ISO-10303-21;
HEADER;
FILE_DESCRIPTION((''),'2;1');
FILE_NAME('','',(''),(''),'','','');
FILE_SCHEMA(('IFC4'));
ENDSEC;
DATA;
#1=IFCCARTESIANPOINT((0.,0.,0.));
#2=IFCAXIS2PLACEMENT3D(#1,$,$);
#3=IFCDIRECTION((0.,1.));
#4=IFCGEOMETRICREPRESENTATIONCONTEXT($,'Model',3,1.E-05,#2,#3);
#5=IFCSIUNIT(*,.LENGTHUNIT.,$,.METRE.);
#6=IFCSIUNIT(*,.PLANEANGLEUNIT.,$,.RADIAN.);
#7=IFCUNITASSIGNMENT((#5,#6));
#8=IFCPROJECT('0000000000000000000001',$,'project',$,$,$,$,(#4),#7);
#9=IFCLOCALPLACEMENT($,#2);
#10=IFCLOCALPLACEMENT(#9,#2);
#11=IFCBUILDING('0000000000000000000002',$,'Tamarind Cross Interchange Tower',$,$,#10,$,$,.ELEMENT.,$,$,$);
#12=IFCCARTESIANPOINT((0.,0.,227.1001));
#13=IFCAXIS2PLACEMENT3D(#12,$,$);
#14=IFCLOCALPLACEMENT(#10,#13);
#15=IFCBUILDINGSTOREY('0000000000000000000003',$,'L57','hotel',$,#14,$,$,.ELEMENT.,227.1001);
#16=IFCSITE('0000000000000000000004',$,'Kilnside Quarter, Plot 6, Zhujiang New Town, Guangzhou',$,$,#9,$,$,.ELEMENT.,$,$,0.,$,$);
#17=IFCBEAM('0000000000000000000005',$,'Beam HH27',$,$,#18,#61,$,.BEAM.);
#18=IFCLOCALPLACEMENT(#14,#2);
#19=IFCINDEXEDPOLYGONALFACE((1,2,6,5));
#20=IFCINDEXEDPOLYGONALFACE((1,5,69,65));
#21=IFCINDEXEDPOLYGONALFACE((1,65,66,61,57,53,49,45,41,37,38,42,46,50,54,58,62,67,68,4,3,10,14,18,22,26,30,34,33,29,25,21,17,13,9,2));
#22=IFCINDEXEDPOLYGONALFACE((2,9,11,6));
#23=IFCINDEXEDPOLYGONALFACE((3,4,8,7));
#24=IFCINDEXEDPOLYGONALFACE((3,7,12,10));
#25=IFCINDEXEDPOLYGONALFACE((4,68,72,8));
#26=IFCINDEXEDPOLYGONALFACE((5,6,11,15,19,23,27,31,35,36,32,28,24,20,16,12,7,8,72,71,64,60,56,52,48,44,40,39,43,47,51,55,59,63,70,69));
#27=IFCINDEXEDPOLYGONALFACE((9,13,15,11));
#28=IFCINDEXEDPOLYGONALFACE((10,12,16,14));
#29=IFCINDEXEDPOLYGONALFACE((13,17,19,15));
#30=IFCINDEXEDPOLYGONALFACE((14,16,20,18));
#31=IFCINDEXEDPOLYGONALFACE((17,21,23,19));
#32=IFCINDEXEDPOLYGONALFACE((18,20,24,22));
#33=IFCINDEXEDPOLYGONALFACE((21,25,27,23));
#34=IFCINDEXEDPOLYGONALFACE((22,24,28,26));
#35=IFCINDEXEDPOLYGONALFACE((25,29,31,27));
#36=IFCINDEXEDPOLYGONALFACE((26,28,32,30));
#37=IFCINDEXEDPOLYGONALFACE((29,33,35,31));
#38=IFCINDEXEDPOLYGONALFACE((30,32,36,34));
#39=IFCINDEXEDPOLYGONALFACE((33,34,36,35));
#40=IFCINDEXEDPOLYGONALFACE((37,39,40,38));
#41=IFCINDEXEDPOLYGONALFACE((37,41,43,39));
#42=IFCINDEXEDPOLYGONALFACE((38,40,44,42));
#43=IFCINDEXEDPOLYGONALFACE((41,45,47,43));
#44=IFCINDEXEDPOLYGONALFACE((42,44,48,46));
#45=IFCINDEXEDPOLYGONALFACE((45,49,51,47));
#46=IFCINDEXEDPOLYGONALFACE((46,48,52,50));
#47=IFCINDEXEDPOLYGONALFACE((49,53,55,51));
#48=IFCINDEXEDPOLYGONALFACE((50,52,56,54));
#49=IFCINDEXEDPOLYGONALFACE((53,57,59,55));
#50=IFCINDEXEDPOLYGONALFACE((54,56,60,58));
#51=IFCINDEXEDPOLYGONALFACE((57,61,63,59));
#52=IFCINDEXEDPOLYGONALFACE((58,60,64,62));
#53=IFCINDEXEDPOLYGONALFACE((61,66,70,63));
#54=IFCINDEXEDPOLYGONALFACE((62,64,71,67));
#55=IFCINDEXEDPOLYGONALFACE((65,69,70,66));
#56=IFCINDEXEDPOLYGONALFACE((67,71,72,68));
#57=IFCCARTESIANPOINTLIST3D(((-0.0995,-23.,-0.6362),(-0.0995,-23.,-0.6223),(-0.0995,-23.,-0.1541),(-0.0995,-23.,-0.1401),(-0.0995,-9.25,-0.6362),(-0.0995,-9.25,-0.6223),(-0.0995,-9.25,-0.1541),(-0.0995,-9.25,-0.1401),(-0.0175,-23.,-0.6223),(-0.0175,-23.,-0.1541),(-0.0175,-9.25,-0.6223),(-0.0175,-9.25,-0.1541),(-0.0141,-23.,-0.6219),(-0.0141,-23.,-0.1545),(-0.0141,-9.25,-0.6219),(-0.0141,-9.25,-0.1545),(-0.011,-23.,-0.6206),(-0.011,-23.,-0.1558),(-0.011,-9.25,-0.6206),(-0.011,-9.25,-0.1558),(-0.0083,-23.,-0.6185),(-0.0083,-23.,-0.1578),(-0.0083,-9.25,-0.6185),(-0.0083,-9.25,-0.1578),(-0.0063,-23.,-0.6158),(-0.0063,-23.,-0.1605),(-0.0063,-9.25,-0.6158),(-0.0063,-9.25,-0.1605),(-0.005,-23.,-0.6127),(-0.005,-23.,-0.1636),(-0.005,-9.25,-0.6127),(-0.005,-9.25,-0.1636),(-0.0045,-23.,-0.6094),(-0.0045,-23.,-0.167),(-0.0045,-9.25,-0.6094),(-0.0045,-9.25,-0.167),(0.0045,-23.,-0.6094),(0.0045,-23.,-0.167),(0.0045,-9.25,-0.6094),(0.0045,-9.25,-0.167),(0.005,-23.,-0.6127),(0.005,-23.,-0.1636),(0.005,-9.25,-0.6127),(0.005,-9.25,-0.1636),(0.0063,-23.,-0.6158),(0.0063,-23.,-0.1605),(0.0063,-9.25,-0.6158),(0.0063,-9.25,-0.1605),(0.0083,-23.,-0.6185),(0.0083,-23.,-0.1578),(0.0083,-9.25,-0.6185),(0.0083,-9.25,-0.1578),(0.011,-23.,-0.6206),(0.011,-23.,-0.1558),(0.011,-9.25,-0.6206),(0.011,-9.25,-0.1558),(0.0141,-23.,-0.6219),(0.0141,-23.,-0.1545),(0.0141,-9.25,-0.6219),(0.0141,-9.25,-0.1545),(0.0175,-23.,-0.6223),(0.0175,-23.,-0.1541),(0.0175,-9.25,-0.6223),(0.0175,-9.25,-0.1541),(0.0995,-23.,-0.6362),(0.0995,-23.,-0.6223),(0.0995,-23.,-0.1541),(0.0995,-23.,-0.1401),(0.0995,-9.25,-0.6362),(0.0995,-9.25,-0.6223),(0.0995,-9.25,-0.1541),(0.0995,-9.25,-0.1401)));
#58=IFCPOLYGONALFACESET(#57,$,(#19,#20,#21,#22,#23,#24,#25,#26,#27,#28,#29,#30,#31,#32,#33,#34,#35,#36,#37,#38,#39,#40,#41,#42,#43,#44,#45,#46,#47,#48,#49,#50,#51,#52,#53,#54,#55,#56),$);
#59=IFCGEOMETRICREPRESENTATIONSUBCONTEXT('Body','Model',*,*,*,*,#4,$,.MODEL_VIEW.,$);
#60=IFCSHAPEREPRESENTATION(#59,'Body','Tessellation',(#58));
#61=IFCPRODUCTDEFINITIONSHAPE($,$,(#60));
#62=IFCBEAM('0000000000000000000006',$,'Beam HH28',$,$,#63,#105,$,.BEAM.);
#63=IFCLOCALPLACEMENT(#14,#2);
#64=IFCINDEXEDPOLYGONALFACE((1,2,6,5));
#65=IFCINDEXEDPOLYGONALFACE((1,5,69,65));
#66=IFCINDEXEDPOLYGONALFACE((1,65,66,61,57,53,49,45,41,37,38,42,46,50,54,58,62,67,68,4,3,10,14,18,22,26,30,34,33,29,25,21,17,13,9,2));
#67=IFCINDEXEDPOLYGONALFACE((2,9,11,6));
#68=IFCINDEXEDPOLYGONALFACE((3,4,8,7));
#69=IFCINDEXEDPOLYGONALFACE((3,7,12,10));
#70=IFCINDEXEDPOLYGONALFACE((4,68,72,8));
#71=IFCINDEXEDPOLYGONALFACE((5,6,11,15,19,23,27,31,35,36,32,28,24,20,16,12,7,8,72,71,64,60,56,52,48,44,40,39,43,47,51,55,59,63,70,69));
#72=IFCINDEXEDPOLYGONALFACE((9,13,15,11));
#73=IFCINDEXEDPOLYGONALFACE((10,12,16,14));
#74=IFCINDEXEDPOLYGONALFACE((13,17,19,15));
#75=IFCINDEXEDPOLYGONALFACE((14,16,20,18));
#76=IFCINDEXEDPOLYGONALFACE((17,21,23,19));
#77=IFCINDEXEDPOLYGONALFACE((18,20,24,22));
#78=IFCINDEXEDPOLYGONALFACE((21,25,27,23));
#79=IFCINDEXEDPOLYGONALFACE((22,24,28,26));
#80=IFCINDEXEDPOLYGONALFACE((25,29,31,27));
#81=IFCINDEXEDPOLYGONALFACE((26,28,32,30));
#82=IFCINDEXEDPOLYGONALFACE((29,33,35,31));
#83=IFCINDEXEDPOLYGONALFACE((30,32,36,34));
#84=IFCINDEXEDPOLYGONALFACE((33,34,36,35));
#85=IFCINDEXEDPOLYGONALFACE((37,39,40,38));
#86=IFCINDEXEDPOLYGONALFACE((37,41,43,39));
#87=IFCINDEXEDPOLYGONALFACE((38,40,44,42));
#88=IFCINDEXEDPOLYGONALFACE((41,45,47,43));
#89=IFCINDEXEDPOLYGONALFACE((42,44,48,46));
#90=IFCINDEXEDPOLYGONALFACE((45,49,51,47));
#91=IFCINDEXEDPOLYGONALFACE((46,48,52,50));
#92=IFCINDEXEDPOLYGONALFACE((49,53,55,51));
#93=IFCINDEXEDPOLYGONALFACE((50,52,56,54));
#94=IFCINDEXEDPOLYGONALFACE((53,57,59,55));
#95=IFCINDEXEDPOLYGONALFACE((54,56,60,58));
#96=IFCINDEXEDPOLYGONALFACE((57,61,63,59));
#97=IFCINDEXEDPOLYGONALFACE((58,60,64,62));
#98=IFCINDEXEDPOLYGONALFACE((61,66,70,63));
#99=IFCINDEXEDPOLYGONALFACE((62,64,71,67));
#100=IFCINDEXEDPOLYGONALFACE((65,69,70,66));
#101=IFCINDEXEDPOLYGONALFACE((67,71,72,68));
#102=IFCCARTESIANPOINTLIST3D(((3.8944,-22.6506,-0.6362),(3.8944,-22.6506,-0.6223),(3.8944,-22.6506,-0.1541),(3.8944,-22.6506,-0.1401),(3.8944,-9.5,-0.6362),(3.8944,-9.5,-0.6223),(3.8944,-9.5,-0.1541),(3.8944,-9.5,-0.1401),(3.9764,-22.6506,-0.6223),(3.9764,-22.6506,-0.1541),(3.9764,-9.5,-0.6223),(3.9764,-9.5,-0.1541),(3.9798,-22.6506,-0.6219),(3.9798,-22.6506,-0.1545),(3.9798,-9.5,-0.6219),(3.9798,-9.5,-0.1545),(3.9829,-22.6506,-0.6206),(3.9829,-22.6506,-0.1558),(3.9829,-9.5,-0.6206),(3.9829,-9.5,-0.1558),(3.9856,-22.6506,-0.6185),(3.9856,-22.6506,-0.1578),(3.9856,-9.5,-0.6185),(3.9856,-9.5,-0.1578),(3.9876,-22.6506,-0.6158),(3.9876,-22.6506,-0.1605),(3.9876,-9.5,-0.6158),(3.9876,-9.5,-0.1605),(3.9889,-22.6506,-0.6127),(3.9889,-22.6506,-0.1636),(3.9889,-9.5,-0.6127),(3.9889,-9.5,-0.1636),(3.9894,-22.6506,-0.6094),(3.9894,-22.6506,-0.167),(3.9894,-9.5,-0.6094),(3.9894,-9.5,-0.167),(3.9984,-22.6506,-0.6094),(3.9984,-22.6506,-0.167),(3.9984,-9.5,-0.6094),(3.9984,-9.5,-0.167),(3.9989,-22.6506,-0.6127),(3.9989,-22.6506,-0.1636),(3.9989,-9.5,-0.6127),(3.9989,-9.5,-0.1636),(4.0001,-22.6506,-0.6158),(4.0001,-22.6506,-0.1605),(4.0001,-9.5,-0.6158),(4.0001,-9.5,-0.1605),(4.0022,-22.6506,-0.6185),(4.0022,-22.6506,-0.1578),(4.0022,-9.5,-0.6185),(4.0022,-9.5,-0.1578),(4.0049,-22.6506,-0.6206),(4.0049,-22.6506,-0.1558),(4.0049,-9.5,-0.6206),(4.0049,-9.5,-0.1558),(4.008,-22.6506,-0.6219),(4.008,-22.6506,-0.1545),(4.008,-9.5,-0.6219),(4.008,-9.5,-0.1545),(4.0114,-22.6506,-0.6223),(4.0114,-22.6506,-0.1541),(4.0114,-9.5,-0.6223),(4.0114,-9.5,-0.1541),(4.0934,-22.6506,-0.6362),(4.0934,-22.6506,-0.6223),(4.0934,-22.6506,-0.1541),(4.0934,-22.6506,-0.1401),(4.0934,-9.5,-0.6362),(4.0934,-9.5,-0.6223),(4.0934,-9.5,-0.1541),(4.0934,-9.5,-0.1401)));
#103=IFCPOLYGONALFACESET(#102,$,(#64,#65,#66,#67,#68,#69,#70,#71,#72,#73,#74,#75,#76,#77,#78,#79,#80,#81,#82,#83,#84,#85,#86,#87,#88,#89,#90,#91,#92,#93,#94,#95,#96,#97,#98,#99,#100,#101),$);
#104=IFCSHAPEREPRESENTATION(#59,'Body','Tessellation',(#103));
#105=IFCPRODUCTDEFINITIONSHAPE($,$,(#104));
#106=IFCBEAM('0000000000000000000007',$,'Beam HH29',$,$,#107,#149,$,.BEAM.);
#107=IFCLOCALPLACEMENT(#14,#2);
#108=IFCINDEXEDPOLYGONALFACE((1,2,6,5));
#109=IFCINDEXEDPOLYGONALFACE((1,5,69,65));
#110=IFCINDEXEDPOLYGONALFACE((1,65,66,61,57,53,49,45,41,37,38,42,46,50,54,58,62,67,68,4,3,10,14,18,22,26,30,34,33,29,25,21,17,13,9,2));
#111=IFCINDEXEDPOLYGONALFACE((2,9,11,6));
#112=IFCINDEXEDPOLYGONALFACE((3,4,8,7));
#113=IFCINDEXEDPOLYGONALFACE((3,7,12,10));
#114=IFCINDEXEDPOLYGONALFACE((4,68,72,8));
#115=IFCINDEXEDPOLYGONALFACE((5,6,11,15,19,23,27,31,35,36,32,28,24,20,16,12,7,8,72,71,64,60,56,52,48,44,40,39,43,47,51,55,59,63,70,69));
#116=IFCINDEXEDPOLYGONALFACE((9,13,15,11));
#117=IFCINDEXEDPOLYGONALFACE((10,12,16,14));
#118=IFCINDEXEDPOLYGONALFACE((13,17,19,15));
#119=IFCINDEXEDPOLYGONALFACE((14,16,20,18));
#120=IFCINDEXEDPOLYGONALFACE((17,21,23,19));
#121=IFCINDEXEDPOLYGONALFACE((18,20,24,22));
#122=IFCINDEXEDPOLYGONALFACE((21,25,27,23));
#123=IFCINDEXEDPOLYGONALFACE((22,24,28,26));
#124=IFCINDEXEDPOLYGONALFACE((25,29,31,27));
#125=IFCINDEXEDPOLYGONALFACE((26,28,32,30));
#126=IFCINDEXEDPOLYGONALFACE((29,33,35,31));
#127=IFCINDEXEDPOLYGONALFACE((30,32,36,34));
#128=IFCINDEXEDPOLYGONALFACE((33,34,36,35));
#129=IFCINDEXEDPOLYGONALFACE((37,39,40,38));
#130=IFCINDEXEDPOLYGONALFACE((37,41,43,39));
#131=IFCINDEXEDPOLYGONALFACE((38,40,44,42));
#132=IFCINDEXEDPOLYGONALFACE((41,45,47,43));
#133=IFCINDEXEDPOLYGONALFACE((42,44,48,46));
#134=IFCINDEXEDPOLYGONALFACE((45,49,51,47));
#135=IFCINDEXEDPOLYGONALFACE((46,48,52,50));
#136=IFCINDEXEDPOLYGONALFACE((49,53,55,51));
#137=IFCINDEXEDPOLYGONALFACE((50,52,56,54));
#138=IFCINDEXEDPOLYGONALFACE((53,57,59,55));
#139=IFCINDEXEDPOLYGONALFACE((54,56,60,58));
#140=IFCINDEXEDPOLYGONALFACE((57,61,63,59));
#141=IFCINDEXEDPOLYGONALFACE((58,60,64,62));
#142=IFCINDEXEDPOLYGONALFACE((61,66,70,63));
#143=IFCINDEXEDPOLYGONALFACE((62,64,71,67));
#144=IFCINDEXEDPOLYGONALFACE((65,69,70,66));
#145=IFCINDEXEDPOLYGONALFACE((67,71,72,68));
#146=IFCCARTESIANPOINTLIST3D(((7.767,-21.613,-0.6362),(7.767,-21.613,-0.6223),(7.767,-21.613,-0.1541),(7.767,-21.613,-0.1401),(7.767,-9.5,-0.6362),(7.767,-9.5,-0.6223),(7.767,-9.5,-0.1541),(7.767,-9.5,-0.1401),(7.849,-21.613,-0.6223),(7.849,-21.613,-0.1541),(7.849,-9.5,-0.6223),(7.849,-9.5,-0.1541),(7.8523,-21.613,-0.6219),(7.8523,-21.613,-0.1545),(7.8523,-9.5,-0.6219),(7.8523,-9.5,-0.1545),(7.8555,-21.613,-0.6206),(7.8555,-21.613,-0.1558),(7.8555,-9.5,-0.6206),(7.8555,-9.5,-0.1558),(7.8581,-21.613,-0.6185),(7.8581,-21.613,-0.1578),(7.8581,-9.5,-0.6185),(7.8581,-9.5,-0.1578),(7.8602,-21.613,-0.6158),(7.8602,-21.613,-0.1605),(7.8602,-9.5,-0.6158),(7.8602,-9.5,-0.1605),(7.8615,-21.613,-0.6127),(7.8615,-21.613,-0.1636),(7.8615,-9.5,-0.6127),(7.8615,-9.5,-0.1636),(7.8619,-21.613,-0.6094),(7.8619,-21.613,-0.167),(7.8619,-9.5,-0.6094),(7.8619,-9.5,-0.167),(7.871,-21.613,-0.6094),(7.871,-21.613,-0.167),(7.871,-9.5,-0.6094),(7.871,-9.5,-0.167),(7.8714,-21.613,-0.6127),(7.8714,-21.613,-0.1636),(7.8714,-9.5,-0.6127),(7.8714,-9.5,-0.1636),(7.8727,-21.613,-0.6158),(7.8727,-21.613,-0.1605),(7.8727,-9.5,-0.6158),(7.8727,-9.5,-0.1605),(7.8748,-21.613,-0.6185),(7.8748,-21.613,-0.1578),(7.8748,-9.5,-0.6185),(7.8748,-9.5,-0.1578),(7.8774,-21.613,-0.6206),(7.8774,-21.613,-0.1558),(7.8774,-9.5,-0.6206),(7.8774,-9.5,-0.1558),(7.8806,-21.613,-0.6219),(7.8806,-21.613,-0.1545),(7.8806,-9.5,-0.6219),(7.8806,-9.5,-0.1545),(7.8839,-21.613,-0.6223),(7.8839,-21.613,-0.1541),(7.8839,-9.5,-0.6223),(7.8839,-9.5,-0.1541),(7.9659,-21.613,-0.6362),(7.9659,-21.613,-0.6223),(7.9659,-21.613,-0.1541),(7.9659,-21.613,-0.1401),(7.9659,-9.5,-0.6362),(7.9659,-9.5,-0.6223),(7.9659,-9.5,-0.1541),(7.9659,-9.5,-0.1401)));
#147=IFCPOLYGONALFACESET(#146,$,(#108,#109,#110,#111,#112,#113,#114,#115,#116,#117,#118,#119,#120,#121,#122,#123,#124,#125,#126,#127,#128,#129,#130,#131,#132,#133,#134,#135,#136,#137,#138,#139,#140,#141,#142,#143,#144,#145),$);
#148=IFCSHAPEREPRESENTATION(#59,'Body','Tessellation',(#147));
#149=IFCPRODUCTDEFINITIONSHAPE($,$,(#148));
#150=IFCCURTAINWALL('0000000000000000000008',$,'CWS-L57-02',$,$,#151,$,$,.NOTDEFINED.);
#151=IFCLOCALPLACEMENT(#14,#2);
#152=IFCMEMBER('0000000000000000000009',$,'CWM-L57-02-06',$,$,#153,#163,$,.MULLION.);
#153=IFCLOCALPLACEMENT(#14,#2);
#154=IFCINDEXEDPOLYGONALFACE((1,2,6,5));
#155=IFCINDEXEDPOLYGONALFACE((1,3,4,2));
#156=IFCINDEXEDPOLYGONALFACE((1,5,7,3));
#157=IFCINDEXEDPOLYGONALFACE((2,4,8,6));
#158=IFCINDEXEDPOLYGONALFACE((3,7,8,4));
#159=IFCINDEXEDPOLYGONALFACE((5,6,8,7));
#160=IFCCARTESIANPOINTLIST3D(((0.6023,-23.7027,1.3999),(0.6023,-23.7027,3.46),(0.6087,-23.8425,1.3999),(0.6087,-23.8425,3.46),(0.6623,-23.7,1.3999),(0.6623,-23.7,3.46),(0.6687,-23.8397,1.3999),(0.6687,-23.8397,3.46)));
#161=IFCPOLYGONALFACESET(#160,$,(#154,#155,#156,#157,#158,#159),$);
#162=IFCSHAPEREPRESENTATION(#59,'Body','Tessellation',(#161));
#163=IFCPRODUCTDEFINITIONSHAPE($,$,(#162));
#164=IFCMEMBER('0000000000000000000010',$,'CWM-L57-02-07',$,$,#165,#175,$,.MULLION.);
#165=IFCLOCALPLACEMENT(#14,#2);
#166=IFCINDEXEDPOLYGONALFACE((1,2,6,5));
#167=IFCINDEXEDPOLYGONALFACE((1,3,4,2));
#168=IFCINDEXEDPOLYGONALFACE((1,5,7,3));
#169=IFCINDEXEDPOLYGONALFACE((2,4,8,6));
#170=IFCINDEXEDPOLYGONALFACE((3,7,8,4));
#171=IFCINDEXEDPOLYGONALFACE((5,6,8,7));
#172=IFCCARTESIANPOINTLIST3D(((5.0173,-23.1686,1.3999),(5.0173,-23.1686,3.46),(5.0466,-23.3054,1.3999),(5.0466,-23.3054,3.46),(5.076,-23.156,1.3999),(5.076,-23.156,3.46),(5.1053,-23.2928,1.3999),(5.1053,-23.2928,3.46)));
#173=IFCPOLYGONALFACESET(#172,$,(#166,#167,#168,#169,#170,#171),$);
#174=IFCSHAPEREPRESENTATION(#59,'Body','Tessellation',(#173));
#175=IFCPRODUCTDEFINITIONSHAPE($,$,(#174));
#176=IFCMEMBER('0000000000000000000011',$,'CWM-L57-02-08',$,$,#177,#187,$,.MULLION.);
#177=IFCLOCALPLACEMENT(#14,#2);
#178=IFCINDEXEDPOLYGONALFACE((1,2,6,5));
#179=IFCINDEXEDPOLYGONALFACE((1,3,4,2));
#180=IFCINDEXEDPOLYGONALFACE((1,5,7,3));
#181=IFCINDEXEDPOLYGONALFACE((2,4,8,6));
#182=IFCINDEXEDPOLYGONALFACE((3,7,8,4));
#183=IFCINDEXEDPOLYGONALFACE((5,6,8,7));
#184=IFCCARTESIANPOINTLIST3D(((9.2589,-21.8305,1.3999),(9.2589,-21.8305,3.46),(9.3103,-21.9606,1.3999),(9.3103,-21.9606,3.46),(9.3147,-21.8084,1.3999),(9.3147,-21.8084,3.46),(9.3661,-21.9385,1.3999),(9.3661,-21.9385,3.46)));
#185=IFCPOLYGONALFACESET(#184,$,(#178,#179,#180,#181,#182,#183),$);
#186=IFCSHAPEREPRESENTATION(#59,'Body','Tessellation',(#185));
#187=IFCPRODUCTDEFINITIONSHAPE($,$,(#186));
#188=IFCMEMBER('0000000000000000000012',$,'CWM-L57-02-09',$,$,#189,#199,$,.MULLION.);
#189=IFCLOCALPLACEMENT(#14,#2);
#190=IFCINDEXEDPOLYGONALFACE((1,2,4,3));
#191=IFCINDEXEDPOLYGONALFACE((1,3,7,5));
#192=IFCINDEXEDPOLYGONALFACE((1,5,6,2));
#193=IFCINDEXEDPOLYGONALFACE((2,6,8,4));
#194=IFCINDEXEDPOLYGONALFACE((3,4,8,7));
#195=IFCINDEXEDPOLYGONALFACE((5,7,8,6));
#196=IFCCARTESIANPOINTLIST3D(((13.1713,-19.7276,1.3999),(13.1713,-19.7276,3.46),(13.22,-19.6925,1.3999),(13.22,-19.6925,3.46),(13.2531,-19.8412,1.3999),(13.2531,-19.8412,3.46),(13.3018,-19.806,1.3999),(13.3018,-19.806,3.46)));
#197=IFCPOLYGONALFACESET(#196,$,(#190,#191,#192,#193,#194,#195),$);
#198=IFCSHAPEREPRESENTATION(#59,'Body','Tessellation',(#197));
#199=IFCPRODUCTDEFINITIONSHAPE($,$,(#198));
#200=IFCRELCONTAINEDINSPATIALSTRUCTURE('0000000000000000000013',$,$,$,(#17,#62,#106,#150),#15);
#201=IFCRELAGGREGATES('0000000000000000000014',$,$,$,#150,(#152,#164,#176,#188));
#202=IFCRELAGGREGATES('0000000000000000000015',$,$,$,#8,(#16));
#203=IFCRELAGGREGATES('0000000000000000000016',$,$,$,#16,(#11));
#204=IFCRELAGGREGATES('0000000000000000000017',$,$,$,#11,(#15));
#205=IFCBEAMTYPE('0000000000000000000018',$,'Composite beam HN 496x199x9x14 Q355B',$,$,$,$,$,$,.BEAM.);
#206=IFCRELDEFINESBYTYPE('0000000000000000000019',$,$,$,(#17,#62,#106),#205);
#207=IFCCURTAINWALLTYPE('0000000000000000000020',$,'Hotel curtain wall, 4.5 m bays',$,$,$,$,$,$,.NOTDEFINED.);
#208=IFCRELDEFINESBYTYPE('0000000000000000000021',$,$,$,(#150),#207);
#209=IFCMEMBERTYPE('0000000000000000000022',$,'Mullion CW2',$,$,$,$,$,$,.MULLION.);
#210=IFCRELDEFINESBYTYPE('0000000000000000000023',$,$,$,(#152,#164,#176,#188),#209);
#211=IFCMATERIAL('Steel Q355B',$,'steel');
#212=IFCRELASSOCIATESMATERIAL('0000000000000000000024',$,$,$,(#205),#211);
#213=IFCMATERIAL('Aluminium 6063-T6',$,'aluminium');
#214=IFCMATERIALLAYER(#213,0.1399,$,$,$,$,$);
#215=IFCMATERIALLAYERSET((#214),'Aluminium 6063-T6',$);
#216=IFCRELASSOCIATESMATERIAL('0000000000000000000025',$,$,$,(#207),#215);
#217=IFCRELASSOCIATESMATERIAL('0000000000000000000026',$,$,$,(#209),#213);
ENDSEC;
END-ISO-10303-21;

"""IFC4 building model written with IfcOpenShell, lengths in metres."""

from ifc_helpers import new_model, si_unit, direction, frame, origin, origin_2d, place, context, subcontext, project, spatial, rectangle, i_section, extrude, material, layer, layer_set, material_profile, profile_set, type_object, element, aggregate, save


model = new_model("IFC4")

# Units and contexts
model_context = context("Model", 3, precision=1e-05, world=origin(), true_north=direction((0.0, 1.0)))
body_context = subcontext(model_context, "Body", "Model", "MODEL_VIEW")
ifc_project = project(units=[si_unit("LENGTHUNIT", "METRE"), si_unit("PLANEANGLEUNIT", "RADIAN")], contexts=[model_context])

# Site, building, storey
site_placement = place(None, origin())
site = spatial("IfcSite", under=ifc_project, at=site_placement, Name="Kilnside Quarter, Plot 6, Zhujiang New Town, Guangzhou", CompositionType="ELEMENT", RefElevation=0.0)
building_placement = place(site_placement, origin())
building = spatial("IfcBuilding", under=site, at=building_placement, Name="Tamarind Cross Interchange Tower", CompositionType="ELEMENT")
storey_placement = place(building_placement, frame((0.0, 0.0, 227.1001)))
storey = spatial("IfcBuildingStorey", under=building, at=storey_placement, Name="L57", Description="hotel", CompositionType="ELEMENT", Elevation=227.1001)

# Beams
ifc_material_1 = material(Name="Steel Q355B", Category="steel")
ifc_material_profile_1 = material_profile(ifc_material_1, i_section(OverallWidth=0.199, OverallDepth=0.4961, WebThickness=0.009, FlangeThickness=0.0139, FilletRadius=0.0129, at=origin_2d()), Name="HN 496x199x9x14")
ifc_profile_set_1 = profile_set([ifc_material_profile_1], Name="Steel Q355B")
beam_type = type_object("IfcBeamType", Name="Composite beam HN 496x199x9x14 Q355B", PredefinedType="BEAM", material=ifc_profile_set_1)
beam_1_placement = place(storey_placement, frame((0.0, -23.0, -0.3882), z_axis=(0.0, 1.0, 0.0), x_axis=(-1.0, 0.0, 0.0)))
element("IfcBeam", 1, at=beam_1_placement, inside=storey, type_object=beam_type, Name="Beam HH27", PredefinedType="BEAM", context=body_context, shape_type="SweptSolid", body=[
    extrude(i_section(OverallWidth=0.199, OverallDepth=0.4961, WebThickness=0.009, FlangeThickness=0.0139, FilletRadius=0.0129, at=origin_2d()), origin(), (0.0, 0.0, 1.0), 13.75),
])
beam_2_placement = place(storey_placement, frame((3.9939, -22.6506, -0.3882), z_axis=(0.0, 1.0, 0.0), x_axis=(-1.0, 0.0, 0.0)))
element("IfcBeam", 2, at=beam_2_placement, inside=storey, type_object=beam_type, Name="Beam HH28", PredefinedType="BEAM", context=body_context, shape_type="SweptSolid", body=[
    extrude(i_section(OverallWidth=0.199, OverallDepth=0.4961, WebThickness=0.009, FlangeThickness=0.0139, FilletRadius=0.0129, at=origin_2d()), origin(), (0.0, 0.0, 1.0), 13.1506),
])
beam_3_placement = place(storey_placement, frame((7.8665, -21.613, -0.3882), z_axis=(0.0, 1.0, 0.0), x_axis=(-1.0, 0.0, 0.0)))
element("IfcBeam", 3, at=beam_3_placement, inside=storey, type_object=beam_type, Name="Beam HH29", PredefinedType="BEAM", context=body_context, shape_type="SweptSolid", body=[
    extrude(i_section(OverallWidth=0.199, OverallDepth=0.4961, WebThickness=0.009, FlangeThickness=0.0139, FilletRadius=0.0129, at=origin_2d()), origin(), (0.0, 0.0, 1.0), 12.113),
])

# Curtain wall, members
ifc_material_2 = material(Name="Aluminium 6063-T6", Category="aluminium")
ifc_layer_1 = layer(ifc_material_2, 0.1399)
ifc_layer_set_1 = layer_set([ifc_layer_1], Name="Aluminium 6063-T6")
curtain_wall_type = type_object("IfcCurtainWallType", Name="Hotel curtain wall, 4.5 m bays", PredefinedType="NOTDEFINED", material=ifc_layer_set_1)
curtain_wall_placement = place(storey_placement, origin())
curtain_wall = element("IfcCurtainWall", 4, at=curtain_wall_placement, inside=storey, type_object=curtain_wall_type, Name="CWS-L57-02", PredefinedType="NOTDEFINED")
ifc_material_profile_2 = material_profile(ifc_material_2, rectangle(XDim=0.0601, YDim=0.1399, at=origin_2d()), Name="Mullion CW2")
ifc_profile_set_2 = profile_set([ifc_material_profile_2], Name="Aluminium 6063-T6")
member_type = type_object("IfcMemberType", Name="Mullion CW2", PredefinedType="MULLION", material=ifc_profile_set_2)
member_1_placement = place(storey_placement, frame((0.6355, -23.7712, 1.3999), z_axis=(0.0, 0.0, 1.0), x_axis=(0.998959, 0.045624, 0.0)))
member_1 = element("IfcMember", 5, at=member_1_placement, type_object=member_type, Name="CWM-L57-02-06", PredefinedType="MULLION", context=body_context, shape_type="SweptSolid", body=[
    extrude(rectangle(XDim=0.0601, YDim=0.1399, at=origin_2d()), origin(), (0.0, 0.0, 1.0), 2.0601),
])
member_2_placement = place(storey_placement, frame((5.0613, -23.2307, 1.3999), z_axis=(0.0, 0.0, 1.0), x_axis=(0.977825, 0.209425, 0.0)))
member_2 = element("IfcMember", 6, at=member_2_placement, type_object=member_type, Name="CWM-L57-02-07", PredefinedType="MULLION", context=body_context, shape_type="SweptSolid", body=[
    extrude(rectangle(XDim=0.0601, YDim=0.1399, at=origin_2d()), origin(), (0.0, 0.0, 1.0), 2.0601),
])
member_3_placement = place(storey_placement, frame((9.3125, -21.8845, 1.3999), z_axis=(0.0, 0.0, 1.0), x_axis=(0.930018, 0.367514, 0.0)))
member_3 = element("IfcMember", 7, at=member_3_placement, type_object=member_type, Name="CWM-L57-02-08", PredefinedType="MULLION", context=body_context, shape_type="SweptSolid", body=[
    extrude(rectangle(XDim=0.0601, YDim=0.1399, at=origin_2d()), origin(), (0.0, 0.0, 1.0), 2.0601),
])
member_4_placement = place(storey_placement, frame((13.2366, -19.7668, 1.3999), z_axis=(0.0, 0.0, 1.0), x_axis=(0.81134, 0.584574, 0.0)))
member_4 = element("IfcMember", 8, at=member_4_placement, type_object=member_type, Name="CWM-L57-02-09", PredefinedType="MULLION", context=body_context, shape_type="SweptSolid", body=[
    extrude(rectangle(XDim=0.0601, YDim=0.1399, at=origin_2d()), origin(), (0.0, 0.0, 1.0), 2.0601),
])
aggregate(curtain_wall, [member_1, member_2, member_3, member_4])

save(model, "model.ifc")
